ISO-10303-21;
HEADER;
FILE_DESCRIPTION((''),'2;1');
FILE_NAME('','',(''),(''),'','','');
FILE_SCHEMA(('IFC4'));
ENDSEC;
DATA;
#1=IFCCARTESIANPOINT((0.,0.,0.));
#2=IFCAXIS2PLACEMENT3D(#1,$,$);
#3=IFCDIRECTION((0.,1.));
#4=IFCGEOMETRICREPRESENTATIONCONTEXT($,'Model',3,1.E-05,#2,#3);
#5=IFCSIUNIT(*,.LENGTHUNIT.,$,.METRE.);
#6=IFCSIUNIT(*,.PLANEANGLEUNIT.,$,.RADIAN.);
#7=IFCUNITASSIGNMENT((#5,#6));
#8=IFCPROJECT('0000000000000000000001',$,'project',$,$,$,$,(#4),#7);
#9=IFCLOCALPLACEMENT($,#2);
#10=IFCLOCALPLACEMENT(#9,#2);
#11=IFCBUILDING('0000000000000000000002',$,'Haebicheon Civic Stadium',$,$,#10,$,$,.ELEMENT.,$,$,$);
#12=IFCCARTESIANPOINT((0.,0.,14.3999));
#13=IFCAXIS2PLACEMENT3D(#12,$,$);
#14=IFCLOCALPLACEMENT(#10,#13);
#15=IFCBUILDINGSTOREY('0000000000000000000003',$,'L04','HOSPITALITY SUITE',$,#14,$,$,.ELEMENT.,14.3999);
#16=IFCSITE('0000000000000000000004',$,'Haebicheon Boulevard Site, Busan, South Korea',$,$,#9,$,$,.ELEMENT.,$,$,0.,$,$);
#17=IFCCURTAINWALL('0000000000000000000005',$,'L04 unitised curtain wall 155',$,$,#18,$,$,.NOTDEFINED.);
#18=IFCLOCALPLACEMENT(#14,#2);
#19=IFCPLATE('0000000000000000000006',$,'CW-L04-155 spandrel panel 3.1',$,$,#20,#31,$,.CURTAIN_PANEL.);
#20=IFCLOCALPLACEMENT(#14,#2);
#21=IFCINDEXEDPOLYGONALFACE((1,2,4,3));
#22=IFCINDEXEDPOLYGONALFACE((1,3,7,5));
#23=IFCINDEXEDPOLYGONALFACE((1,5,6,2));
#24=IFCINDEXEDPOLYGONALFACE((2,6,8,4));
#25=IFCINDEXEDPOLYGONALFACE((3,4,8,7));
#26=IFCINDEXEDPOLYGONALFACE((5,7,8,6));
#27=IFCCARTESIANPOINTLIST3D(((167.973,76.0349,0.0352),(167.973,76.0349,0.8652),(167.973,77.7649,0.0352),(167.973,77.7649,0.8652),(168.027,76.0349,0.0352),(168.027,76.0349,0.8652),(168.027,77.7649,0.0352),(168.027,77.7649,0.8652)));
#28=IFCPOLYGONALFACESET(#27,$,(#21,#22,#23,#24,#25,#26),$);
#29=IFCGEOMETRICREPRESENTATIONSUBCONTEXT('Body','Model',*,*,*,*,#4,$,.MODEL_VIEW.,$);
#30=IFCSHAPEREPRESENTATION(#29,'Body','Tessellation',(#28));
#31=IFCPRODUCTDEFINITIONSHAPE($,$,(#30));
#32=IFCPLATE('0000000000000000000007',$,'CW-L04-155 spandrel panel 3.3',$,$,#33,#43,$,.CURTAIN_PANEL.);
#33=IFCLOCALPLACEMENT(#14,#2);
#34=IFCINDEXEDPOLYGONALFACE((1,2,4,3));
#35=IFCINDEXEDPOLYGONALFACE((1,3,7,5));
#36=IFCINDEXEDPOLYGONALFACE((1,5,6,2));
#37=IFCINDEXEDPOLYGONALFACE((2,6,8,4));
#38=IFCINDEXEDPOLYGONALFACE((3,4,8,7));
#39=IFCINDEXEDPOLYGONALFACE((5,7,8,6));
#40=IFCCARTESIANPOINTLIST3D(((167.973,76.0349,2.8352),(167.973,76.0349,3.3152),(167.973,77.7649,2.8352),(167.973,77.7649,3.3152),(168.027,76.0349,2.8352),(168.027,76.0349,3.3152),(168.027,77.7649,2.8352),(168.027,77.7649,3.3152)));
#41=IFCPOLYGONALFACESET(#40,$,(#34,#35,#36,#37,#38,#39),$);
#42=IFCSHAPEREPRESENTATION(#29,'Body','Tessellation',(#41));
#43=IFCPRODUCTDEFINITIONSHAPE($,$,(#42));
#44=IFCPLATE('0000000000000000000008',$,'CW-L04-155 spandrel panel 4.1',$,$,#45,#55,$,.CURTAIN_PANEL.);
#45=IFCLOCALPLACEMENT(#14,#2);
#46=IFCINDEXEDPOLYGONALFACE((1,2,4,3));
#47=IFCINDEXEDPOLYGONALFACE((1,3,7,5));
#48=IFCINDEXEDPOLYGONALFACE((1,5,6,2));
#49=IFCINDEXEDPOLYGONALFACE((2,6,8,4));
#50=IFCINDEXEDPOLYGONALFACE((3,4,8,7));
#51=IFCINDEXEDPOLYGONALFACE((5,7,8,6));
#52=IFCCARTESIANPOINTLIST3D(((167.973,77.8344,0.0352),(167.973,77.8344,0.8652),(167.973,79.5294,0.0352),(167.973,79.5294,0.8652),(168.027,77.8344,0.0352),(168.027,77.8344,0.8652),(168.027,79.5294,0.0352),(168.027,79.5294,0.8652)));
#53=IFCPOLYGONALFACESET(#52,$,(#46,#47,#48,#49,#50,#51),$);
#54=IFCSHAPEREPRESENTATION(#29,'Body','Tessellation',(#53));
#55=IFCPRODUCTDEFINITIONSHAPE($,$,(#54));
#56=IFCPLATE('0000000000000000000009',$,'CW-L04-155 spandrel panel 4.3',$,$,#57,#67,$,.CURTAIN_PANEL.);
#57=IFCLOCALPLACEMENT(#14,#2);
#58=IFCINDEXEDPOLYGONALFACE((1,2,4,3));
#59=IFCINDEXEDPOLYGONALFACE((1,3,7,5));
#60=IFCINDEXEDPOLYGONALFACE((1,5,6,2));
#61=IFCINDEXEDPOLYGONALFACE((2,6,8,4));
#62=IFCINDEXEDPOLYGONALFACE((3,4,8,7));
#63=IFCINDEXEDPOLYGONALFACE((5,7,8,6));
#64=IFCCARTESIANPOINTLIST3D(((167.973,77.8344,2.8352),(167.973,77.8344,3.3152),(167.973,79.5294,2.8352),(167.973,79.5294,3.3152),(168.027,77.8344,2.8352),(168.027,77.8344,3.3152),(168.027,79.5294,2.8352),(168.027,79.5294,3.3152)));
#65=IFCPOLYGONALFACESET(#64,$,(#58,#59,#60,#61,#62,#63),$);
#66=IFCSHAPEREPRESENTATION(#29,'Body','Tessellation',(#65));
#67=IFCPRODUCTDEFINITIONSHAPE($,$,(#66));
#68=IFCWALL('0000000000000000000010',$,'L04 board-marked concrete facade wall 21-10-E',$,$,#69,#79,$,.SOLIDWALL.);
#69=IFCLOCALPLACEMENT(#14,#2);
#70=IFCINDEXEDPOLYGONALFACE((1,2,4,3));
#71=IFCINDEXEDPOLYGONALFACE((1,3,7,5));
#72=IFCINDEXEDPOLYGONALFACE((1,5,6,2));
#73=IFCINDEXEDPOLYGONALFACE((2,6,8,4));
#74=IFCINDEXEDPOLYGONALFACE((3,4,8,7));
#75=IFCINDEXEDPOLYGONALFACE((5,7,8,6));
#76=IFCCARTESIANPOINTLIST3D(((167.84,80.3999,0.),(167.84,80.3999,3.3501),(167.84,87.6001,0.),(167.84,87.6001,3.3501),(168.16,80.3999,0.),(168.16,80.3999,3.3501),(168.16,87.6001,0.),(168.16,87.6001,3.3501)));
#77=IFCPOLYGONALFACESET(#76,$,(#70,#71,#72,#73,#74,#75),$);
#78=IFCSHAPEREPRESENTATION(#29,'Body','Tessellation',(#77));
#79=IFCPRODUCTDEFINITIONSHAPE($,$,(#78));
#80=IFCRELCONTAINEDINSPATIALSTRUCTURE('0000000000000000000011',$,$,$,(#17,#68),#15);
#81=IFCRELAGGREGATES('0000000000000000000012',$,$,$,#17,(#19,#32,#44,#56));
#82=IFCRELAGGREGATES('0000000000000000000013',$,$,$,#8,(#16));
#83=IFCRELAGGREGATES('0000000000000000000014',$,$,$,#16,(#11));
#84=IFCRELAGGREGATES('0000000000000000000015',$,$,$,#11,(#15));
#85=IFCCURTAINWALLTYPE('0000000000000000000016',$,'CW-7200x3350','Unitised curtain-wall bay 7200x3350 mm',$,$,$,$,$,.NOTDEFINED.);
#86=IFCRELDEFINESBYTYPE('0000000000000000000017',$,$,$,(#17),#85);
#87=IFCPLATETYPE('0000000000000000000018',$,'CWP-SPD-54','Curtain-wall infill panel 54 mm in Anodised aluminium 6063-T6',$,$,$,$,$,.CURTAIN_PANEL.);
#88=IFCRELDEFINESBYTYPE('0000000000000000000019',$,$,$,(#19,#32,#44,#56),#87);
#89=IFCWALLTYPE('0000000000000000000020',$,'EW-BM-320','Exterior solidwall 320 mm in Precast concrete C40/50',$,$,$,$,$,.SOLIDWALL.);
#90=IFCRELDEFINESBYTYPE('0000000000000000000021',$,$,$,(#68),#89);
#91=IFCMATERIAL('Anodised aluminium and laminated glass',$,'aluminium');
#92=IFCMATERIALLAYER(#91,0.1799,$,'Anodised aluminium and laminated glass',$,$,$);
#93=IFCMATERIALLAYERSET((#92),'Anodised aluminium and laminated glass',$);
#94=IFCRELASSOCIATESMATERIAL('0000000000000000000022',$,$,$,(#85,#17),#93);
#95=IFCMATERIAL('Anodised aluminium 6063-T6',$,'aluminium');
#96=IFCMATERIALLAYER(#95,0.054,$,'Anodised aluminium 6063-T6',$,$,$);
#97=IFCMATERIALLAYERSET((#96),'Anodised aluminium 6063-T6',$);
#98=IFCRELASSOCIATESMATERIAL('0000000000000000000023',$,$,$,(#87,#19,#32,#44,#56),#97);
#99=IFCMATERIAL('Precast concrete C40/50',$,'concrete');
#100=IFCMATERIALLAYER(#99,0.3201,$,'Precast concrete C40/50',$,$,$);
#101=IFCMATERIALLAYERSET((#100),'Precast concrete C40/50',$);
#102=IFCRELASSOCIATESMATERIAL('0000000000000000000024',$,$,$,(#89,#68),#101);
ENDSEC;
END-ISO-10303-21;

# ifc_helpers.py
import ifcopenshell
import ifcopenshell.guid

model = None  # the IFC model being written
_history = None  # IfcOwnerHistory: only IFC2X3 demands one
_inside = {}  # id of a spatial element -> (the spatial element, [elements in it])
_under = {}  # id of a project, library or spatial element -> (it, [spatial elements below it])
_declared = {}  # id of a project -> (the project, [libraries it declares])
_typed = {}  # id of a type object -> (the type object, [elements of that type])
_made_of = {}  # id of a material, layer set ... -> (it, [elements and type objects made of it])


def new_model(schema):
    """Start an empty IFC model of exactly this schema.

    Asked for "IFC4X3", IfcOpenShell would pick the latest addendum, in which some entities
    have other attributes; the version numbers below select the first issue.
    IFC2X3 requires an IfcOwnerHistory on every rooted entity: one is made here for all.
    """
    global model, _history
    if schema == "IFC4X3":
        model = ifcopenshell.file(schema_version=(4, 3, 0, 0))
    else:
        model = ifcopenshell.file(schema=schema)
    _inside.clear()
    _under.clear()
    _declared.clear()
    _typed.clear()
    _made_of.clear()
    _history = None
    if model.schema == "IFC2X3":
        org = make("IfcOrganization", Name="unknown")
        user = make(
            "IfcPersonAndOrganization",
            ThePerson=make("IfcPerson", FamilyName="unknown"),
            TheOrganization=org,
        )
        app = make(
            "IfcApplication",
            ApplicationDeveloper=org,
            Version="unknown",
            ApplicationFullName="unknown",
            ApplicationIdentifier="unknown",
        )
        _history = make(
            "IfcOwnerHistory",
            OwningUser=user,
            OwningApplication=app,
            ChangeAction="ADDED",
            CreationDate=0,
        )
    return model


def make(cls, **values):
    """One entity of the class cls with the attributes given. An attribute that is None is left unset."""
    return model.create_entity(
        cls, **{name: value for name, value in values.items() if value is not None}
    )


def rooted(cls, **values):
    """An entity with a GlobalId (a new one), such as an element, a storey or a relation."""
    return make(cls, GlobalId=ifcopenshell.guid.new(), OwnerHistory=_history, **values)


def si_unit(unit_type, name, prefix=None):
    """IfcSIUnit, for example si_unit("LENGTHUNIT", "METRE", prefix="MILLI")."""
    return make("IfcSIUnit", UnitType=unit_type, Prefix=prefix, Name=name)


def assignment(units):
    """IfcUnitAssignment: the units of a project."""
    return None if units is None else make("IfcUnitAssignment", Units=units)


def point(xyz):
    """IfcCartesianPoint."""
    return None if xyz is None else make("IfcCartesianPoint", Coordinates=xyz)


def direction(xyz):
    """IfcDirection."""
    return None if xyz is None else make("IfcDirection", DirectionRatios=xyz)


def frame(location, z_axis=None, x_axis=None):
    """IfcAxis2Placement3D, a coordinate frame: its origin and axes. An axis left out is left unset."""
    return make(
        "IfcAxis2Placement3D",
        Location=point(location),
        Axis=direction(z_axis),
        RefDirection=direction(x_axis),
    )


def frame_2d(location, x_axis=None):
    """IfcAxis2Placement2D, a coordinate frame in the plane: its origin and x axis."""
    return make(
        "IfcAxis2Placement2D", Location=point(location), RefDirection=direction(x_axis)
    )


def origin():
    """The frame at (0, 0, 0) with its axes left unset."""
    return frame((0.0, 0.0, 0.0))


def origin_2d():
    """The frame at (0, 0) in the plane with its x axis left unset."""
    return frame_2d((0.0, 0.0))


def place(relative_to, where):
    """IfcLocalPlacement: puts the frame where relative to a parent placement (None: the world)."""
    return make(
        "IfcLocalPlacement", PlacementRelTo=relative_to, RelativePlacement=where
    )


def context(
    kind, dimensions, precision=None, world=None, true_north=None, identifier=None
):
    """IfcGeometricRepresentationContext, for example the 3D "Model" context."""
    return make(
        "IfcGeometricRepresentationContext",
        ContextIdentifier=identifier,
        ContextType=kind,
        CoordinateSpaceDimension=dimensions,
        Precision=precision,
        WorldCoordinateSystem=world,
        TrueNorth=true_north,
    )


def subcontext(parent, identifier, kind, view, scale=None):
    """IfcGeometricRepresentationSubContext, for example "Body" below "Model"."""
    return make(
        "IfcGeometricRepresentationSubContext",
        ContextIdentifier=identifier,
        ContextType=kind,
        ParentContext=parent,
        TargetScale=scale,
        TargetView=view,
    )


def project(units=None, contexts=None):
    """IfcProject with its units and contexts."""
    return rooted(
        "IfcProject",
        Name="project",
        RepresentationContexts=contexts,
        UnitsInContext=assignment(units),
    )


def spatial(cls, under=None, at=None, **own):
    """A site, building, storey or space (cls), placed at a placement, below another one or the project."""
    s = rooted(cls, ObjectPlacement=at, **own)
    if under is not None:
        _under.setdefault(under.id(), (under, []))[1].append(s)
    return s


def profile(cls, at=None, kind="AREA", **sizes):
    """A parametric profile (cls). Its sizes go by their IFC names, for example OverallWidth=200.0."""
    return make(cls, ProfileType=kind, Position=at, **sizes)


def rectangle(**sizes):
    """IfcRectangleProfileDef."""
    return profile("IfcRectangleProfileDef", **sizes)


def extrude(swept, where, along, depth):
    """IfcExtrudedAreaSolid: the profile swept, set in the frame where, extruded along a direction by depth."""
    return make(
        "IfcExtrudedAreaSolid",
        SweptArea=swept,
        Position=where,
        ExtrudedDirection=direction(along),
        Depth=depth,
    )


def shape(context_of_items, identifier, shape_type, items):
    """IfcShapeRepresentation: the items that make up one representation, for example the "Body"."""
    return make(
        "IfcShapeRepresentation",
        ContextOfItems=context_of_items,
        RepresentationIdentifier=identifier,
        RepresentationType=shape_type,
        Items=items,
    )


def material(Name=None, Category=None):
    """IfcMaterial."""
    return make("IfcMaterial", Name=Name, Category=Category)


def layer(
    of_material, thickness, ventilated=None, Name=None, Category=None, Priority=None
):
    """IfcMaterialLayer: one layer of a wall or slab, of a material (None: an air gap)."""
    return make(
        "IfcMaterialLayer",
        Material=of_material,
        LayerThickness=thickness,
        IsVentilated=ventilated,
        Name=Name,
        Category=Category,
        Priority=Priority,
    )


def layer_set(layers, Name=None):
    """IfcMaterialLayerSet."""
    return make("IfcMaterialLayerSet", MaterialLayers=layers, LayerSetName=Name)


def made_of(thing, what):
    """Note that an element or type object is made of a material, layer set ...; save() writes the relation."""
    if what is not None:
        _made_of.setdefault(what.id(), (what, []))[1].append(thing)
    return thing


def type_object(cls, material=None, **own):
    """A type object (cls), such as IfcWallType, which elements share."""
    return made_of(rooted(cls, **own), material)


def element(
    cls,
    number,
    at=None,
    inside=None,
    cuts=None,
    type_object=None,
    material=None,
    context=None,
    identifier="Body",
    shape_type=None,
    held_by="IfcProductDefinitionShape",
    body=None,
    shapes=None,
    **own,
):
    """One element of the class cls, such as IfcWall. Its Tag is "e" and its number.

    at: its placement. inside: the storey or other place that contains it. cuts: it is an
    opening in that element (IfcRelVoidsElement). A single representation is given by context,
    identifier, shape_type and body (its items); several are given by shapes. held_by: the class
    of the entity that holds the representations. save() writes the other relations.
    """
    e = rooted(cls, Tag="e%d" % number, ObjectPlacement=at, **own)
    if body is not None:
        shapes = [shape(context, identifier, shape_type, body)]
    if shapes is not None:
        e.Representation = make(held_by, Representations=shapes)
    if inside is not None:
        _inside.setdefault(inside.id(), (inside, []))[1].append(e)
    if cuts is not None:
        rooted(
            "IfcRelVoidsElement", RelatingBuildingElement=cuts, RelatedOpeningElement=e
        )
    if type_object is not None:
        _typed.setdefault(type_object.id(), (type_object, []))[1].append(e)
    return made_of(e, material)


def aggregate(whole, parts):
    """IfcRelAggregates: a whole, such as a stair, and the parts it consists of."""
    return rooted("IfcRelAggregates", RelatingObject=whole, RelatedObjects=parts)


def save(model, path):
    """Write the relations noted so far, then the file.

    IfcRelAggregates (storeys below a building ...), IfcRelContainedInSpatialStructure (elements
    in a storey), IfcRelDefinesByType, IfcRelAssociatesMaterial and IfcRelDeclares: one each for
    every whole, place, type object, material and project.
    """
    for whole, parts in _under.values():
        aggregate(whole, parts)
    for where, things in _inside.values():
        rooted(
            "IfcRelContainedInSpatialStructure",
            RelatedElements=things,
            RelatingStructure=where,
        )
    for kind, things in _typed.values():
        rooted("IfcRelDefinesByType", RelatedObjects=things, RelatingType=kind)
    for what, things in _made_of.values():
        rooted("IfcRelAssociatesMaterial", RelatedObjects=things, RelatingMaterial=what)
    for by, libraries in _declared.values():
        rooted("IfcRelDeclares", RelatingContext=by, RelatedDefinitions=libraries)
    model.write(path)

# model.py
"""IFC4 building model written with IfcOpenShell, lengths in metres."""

from ifc_helpers import new_model, si_unit, direction, frame, frame_2d, origin, origin_2d, place, context, subcontext, project, spatial, rectangle, extrude, material, layer, layer_set, type_object, element, aggregate, save


model = new_model("IFC4")

# Units and contexts
model_context = context("Model", 3, precision=1e-05, world=origin(), true_north=direction((0.0, 1.0)))
body_context = subcontext(model_context, "Body", "Model", "MODEL_VIEW")
ifc_project = project(units=[si_unit("LENGTHUNIT", "METRE"), si_unit("PLANEANGLEUNIT", "RADIAN")], contexts=[model_context])

# Site, building, storey
site_placement = place(None, origin())
site = spatial("IfcSite", under=ifc_project, at=site_placement, Name="Haebicheon Boulevard Site, Busan, South Korea", CompositionType="ELEMENT", RefElevation=0.0)
building_placement = place(site_placement, origin())
building = spatial("IfcBuilding", under=site, at=building_placement, Name="Haebicheon Civic Stadium", CompositionType="ELEMENT")
storey_placement = place(building_placement, frame((0.0, 0.0, 14.3999)))
storey = spatial("IfcBuildingStorey", under=building, at=storey_placement, Name="L04", Description="HOSPITALITY SUITE", CompositionType="ELEMENT", Elevation=14.3999)

# Curtain wall
ifc_material_1 = material(Name="Anodised aluminium and laminated glass", Category="aluminium")
ifc_layer_1 = layer(ifc_material_1, 0.1799, Name="Anodised aluminium and laminated glass")
ifc_layer_set_1 = layer_set([ifc_layer_1], Name="Anodised aluminium and laminated glass")
curtain_wall_type = type_object("IfcCurtainWallType", Name="CW-7200x3350", Description="Unitised curtain-wall bay 7200x3350 mm", PredefinedType="NOTDEFINED", material=ifc_layer_set_1)
curtain_wall_1_placement = place(storey_placement, origin())
curtain_wall_1 = element("IfcCurtainWall", 1, at=curtain_wall_1_placement, inside=storey, type_object=curtain_wall_type, material=ifc_layer_set_1, Name="L04 unitised curtain wall 155", PredefinedType="NOTDEFINED")

# Plates
ifc_material_2 = material(Name="Anodised aluminium 6063-T6", Category="aluminium")
ifc_layer_2 = layer(ifc_material_2, 0.054, Name="Anodised aluminium 6063-T6")
ifc_layer_set_2 = layer_set([ifc_layer_2], Name="Anodised aluminium 6063-T6")
plate_type_1 = type_object("IfcPlateType", Name="CWP-SPD-54", Description="Curtain-wall infill panel 54 mm in Anodised aluminium 6063-T6", PredefinedType="CURTAIN_PANEL", material=ifc_layer_set_2)
plate_1_placement = place(storey_placement, frame((168.0, 76.8999, 0.0352), z_axis=(0.0, 0.0, 1.0), x_axis=(0.0, 1.0, 0.0)))
plate_1 = element("IfcPlate", 2, at=plate_1_placement, type_object=plate_type_1, material=ifc_layer_set_2, Name="CW-L04-155 spandrel panel 3.1", PredefinedType="CURTAIN_PANEL", context=body_context, shape_type="SweptSolid", body=[
    extrude(rectangle(XDim=1.73, YDim=0.054, at=origin_2d()), origin(), (0.0, 0.0, 1.0), 0.8301),
])
plate_2_placement = place(storey_placement, frame((168.0, 76.8999, 2.8352), z_axis=(0.0, 0.0, 1.0), x_axis=(0.0, 1.0, 0.0)))
plate_2 = element("IfcPlate", 3, at=plate_2_placement, type_object=plate_type_1, material=ifc_layer_set_2, Name="CW-L04-155 spandrel panel 3.3", PredefinedType="CURTAIN_PANEL", context=body_context, shape_type="SweptSolid", body=[
    extrude(rectangle(XDim=1.73, YDim=0.054, at=origin_2d()), origin(), (0.0, 0.0, 1.0), 0.48),
])
plate_3_placement = place(storey_placement, frame((168.0, 78.6819, 0.0352), z_axis=(0.0, 0.0, 1.0), x_axis=(0.0, 1.0, 0.0)))
plate_3 = element("IfcPlate", 4, at=plate_3_placement, type_object=plate_type_1, material=ifc_layer_set_2, Name="CW-L04-155 spandrel panel 4.1", PredefinedType="CURTAIN_PANEL", context=body_context, shape_type="SweptSolid", body=[
    extrude(rectangle(XDim=1.6951, YDim=0.054, at=origin_2d()), origin(), (0.0, 0.0, 1.0), 0.8301),
])
plate_4_placement = place(storey_placement, frame((168.0, 78.6819, 2.8352), z_axis=(0.0, 0.0, 1.0), x_axis=(0.0, 1.0, 0.0)))
plate_4 = element("IfcPlate", 5, at=plate_4_placement, type_object=plate_type_1, material=ifc_layer_set_2, Name="CW-L04-155 spandrel panel 4.3", PredefinedType="CURTAIN_PANEL", context=body_context, shape_type="SweptSolid", body=[
    extrude(rectangle(XDim=1.6951, YDim=0.054, at=origin_2d()), origin(), (0.0, 0.0, 1.0), 0.48),
])
aggregate(curtain_wall_1, [plate_1, plate_2, plate_3, plate_4])

# Wall
ifc_material_3 = material(Name="Precast concrete C40/50", Category="concrete")
ifc_layer_3 = layer(ifc_material_3, 0.3201, Name="Precast concrete C40/50")
ifc_layer_set_3 = layer_set([ifc_layer_3], Name="Precast concrete C40/50")
wall_type = type_object("IfcWallType", Name="EW-BM-320", Description="Exterior solidwall 320 mm in Precast concrete C40/50", PredefinedType="SOLIDWALL", material=ifc_layer_set_3)
wall_placement = place(storey_placement, frame((168.0, 80.3999, 0.0), z_axis=(0.0, 0.0, 1.0), x_axis=(0.0, 1.0, 0.0)))
element("IfcWall", 6, at=wall_placement, inside=storey, type_object=wall_type, material=ifc_layer_set_3, Name="L04 board-marked concrete facade wall 21-10-E", PredefinedType="SOLIDWALL", context=body_context, shape_type="SweptSolid", body=[
    extrude(rectangle(XDim=7.2002, YDim=0.3201, at=frame_2d((3.6001, 0.0))), origin(), (0.0, 0.0, 1.0), 3.3501),
])

save(model, "model.ifc")
